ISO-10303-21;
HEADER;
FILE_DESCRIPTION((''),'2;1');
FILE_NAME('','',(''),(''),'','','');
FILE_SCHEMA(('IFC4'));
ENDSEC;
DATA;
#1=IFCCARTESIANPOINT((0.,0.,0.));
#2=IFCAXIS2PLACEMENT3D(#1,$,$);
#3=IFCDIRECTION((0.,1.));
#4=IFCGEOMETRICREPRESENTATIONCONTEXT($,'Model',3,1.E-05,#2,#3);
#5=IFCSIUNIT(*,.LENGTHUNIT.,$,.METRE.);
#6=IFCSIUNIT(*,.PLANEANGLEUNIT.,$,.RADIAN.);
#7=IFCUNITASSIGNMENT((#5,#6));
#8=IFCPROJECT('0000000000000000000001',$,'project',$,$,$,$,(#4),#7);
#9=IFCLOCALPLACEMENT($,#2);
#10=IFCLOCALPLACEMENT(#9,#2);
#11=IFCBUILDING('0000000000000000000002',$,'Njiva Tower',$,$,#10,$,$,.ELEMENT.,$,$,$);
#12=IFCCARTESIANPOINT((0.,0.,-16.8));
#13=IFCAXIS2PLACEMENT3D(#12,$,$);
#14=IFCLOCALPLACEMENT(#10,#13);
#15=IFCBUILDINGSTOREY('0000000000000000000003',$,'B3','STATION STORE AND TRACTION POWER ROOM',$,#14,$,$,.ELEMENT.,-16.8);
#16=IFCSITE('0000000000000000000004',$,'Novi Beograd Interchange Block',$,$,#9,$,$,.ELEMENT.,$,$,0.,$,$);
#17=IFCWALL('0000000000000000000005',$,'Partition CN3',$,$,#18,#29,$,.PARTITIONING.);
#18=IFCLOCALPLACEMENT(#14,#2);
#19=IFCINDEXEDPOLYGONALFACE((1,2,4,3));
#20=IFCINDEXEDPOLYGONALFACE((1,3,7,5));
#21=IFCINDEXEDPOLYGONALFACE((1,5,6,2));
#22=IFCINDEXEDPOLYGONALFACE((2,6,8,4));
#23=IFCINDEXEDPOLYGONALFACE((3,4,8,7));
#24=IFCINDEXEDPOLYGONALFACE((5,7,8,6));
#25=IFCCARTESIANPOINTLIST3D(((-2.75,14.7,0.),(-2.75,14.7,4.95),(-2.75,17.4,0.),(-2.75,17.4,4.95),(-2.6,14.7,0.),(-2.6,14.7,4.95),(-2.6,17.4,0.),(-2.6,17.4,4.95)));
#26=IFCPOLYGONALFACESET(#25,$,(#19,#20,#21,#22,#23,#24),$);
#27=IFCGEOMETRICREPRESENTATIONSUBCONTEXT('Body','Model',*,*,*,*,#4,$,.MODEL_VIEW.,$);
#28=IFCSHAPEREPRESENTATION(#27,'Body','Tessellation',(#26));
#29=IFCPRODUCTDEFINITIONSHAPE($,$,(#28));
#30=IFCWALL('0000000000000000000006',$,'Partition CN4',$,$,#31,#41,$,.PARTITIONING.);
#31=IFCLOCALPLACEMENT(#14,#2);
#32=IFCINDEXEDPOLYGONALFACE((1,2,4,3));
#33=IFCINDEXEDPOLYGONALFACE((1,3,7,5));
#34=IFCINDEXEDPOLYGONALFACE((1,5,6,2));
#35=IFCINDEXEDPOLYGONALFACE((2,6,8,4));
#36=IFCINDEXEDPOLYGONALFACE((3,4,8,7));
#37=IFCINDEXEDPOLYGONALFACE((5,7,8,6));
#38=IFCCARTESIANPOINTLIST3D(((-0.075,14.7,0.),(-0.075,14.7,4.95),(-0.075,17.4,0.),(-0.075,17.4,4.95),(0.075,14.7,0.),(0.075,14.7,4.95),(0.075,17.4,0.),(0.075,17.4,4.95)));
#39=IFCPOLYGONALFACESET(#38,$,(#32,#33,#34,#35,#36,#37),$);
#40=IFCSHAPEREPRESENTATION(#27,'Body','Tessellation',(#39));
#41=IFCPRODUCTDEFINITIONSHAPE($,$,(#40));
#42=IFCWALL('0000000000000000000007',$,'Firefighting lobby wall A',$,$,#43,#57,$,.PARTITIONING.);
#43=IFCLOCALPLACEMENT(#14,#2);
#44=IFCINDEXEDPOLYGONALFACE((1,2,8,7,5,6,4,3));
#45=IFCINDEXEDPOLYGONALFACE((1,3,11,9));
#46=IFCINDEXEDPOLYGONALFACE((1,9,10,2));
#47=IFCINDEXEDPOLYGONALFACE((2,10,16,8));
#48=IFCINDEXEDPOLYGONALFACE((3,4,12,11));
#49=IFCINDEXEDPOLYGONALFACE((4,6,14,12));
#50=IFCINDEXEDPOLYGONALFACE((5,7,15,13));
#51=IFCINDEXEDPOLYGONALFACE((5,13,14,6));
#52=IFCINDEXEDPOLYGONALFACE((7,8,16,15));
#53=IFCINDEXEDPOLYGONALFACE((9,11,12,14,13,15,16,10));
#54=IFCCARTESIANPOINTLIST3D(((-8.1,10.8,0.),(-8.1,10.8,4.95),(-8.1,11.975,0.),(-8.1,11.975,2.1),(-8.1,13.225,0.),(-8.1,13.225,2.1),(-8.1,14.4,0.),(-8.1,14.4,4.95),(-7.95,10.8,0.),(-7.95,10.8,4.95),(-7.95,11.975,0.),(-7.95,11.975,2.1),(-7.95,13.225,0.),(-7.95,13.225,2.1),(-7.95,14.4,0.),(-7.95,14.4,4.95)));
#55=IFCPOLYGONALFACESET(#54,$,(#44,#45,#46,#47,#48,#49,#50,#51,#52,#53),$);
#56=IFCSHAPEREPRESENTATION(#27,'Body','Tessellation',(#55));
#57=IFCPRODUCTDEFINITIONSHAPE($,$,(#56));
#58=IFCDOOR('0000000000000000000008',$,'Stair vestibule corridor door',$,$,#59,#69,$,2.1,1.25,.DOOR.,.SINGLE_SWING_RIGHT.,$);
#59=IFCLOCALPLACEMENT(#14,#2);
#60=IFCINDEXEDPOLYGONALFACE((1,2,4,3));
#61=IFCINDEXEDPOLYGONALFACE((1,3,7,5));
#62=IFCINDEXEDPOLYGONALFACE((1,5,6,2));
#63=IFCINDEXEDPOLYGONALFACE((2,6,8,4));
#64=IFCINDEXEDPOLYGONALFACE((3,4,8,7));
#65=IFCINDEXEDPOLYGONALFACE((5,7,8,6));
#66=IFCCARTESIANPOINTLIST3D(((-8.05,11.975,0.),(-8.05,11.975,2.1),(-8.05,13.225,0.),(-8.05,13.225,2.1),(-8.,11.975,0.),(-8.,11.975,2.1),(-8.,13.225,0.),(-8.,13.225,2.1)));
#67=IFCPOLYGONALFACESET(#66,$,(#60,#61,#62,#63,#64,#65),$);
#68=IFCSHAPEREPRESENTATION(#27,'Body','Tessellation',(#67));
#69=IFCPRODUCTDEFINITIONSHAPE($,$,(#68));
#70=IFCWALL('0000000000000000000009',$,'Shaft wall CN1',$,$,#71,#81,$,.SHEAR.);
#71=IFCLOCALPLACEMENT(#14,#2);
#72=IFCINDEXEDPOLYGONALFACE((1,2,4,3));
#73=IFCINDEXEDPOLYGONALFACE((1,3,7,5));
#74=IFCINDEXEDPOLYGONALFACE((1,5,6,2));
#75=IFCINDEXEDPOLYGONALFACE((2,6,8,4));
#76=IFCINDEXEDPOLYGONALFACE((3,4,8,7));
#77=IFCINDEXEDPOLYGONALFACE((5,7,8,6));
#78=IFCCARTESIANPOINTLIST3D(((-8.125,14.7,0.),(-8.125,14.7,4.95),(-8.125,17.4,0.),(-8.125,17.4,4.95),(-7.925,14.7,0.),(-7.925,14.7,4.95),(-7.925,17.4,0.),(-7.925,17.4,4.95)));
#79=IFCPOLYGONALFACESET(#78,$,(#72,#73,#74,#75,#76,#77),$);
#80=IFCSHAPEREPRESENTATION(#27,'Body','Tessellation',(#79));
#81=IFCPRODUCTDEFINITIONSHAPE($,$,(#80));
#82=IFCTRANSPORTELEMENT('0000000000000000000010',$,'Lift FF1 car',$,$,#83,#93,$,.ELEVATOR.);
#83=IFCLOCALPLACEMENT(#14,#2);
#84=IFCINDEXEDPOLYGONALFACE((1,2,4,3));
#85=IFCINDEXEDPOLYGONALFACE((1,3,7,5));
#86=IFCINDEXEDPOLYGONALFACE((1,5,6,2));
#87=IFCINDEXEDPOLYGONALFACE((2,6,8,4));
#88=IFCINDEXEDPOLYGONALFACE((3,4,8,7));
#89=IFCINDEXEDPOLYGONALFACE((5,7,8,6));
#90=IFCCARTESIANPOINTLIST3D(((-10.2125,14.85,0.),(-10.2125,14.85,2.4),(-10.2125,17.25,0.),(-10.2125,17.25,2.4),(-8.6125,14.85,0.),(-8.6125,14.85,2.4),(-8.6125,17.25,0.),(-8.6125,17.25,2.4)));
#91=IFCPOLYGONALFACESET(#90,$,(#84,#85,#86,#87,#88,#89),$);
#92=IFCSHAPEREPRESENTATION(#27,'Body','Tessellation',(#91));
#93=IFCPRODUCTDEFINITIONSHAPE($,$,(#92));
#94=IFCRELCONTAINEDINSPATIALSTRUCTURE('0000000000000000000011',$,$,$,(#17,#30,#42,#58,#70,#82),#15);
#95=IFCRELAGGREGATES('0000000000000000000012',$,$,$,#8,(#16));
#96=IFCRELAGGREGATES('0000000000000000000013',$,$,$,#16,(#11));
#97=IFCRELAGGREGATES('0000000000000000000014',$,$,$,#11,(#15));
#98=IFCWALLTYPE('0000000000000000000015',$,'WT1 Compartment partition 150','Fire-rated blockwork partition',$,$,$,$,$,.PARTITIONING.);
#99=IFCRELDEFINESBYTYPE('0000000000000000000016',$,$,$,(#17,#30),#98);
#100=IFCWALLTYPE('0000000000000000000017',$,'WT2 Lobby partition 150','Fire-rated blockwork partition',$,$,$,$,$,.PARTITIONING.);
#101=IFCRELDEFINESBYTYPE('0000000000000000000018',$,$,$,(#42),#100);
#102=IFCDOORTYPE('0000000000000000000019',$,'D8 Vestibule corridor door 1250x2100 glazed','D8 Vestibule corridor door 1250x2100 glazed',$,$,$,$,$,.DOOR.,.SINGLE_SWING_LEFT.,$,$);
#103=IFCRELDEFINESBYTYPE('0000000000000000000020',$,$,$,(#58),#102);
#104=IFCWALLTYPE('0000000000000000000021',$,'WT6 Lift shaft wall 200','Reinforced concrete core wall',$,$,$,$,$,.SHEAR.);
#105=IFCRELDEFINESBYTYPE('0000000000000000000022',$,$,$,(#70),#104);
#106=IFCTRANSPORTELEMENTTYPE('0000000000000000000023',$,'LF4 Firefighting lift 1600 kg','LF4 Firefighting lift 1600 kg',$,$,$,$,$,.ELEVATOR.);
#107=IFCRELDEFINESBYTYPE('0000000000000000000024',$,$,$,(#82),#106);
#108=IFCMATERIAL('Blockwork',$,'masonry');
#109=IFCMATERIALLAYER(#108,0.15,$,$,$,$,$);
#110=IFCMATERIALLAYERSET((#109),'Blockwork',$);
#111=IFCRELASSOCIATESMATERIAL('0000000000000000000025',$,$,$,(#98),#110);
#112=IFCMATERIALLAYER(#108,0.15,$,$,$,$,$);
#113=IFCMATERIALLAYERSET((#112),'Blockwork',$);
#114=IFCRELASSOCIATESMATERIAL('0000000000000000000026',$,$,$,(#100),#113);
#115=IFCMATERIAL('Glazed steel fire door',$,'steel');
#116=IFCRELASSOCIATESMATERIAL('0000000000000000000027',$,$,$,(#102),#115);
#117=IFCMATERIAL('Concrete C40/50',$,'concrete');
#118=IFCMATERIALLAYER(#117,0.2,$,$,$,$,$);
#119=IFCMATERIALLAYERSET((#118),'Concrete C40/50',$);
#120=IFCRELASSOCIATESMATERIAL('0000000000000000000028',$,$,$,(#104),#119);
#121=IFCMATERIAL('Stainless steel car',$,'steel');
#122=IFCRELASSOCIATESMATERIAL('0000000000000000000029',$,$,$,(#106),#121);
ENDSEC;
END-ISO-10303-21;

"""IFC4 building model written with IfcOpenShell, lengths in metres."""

from ifc_helpers import new_model, si_unit, direction, frame, frame_2d, origin, origin_2d, place, context, subcontext, project, spatial, rectangle, extrude, material, layer, layer_set, type_object, element, fill, save


model = new_model("IFC4")

# Units and contexts
model_context = context("Model", 3, precision=1e-05, world=origin(), true_north=direction((0.0, 1.0)))
body_context = subcontext(model_context, "Body", "Model", "MODEL_VIEW")
ifc_project = project(units=[si_unit("LENGTHUNIT", "METRE"), si_unit("PLANEANGLEUNIT", "RADIAN")], contexts=[model_context])

# Site, building, storey
site_placement = place(None, origin())
site = spatial("IfcSite", under=ifc_project, at=site_placement, Name="Novi Beograd Interchange Block", CompositionType="ELEMENT", RefElevation=0.0)
building_placement = place(site_placement, origin())
building = spatial("IfcBuilding", under=site, at=building_placement, Name="Njiva Tower", CompositionType="ELEMENT")
storey_placement = place(building_placement, frame((0.0, 0.0, -16.8)))
storey = spatial("IfcBuildingStorey", under=building, at=storey_placement, Name="B3", Description="STATION STORE AND TRACTION POWER ROOM", CompositionType="ELEMENT", Elevation=-16.8)

# Walls
ifc_material_1 = material(Name="Blockwork", Category="masonry")
ifc_layer_1 = layer(ifc_material_1, 0.15)
ifc_layer_set_1 = layer_set([ifc_layer_1], Name="Blockwork")
wall_type_1 = type_object("IfcWallType", Name="WT1 Compartment partition 150", Description="Fire-rated blockwork partition", PredefinedType="PARTITIONING", material=ifc_layer_set_1)
for number, where, z_axis, x_axis, name in (
    (1, (-2.675, 14.7, 0.0), (0.0, 0.0, 1.0), (0.0, 1.0, 0.0), "Partition CN3"),
    (2, (0.0, 14.7, 0.0), (0.0, 0.0, 1.0), (0.0, 1.0, 0.0), "Partition CN4"),
):
    element("IfcWall", number, at=place(storey_placement, frame(where, z_axis=z_axis, x_axis=x_axis)), inside=storey, type_object=wall_type_1, Name=name, PredefinedType="PARTITIONING", context=body_context, shape_type="SweptSolid", body=[
        extrude(rectangle(XDim=2.7, YDim=0.15, at=frame_2d((1.35, 0.0))), origin(), (0.0, 0.0, 1.0), 4.95),
    ])

# Wall, opening, door
ifc_layer_2 = layer(ifc_material_1, 0.15)
ifc_layer_set_2 = layer_set([ifc_layer_2], Name="Blockwork")
wall_type_2 = type_object("IfcWallType", Name="WT2 Lobby partition 150", Description="Fire-rated blockwork partition", PredefinedType="PARTITIONING", material=ifc_layer_set_2)
wall_1_placement = place(storey_placement, frame((-8.025, 10.8, 0.0), z_axis=(0.0, 0.0, 1.0), x_axis=(0.0, 1.0, 0.0)))
wall_1 = element("IfcWall", 3, at=wall_1_placement, inside=storey, type_object=wall_type_2, Name="Firefighting lobby wall A", PredefinedType="PARTITIONING", context=body_context, shape_type="SweptSolid", body=[
    extrude(rectangle(XDim=3.6, YDim=0.15, at=frame_2d((1.8, 0.0))), origin(), (0.0, 0.0, 1.0), 4.95),
])
opening_placement = place(wall_1_placement, frame((1.175, 0.0, 0.0)))
opening = element("IfcOpeningElement", 4, at=opening_placement, cuts=wall_1, PredefinedType="OPENING", context=body_context, shape_type="SweptSolid", body=[
    extrude(rectangle(XDim=1.25, YDim=2.1, at=frame_2d((0.625, 1.05))), frame((0.0, 0.085, 0.0), z_axis=(0.0, -1.0, 0.0), x_axis=(1.0, 0.0, 0.0)), (0.0, 0.0, 1.0), 0.17),
])
ifc_material_2 = material(Name="Glazed steel fire door", Category="steel")
door_type = type_object("IfcDoorType", Name="D8 Vestibule corridor door 1250x2100 glazed", Description="D8 Vestibule corridor door 1250x2100 glazed", OperationType="SINGLE_SWING_LEFT", PredefinedType="DOOR", material=ifc_material_2)
door_placement = place(opening_placement, origin())
door = element("IfcDoor", 5, at=door_placement, inside=storey, type_object=door_type, Name="Stair vestibule corridor door", OperationType="SINGLE_SWING_RIGHT", OverallHeight=2.1, OverallWidth=1.25, PredefinedType="DOOR", context=body_context, shape_type="SweptSolid", body=[
    extrude(rectangle(XDim=1.25, YDim=2.1, at=frame_2d((0.625, 1.05))), frame((0.0, 0.025, 0.0), z_axis=(0.0, -1.0, 0.0), x_axis=(1.0, 0.0, 0.0)), (0.0, 0.0, 1.0), 0.05),
])
fill(opening, door)

# Wall
ifc_material_3 = material(Name="Concrete C40/50", Category="concrete")
ifc_layer_3 = layer(ifc_material_3, 0.2)
ifc_layer_set_3 = layer_set([ifc_layer_3], Name="Concrete C40/50")
wall_type_3 = type_object("IfcWallType", Name="WT6 Lift shaft wall 200", Description="Reinforced concrete core wall", PredefinedType="SHEAR", material=ifc_layer_set_3)
wall_2_placement = place(storey_placement, frame((-8.025, 14.7, 0.0), z_axis=(0.0, 0.0, 1.0), x_axis=(0.0, 1.0, 0.0)))
element("IfcWall", 6, at=wall_2_placement, inside=storey, type_object=wall_type_3, Name="Shaft wall CN1", PredefinedType="SHEAR", context=body_context, shape_type="SweptSolid", body=[
    extrude(rectangle(XDim=2.7, YDim=0.2, at=frame_2d((1.35, 0.0))), origin(), (0.0, 0.0, 1.0), 4.95),
])

# Transport element
ifc_material_4 = material(Name="Stainless steel car", Category="steel")
transport_element_type = type_object("IfcTransportElementType", Name="LF4 Firefighting lift 1600 kg", Description="LF4 Firefighting lift 1600 kg", PredefinedType="ELEVATOR", material=ifc_material_4)
transport_element_placement = place(storey_placement, frame((-9.4125, 16.05, 0.0), z_axis=(0.0, 0.0, 1.0), x_axis=(1.0, 0.0, 0.0)))
element("IfcTransportElement", 7, at=transport_element_placement, inside=storey, type_object=transport_element_type, Name="Lift FF1 car", PredefinedType="ELEVATOR", context=body_context, shape_type="SweptSolid", body=[
    extrude(rectangle(XDim=1.6, YDim=2.4, at=origin_2d()), origin(), (0.0, 0.0, 1.0), 2.4),
])

save(model, "model.ifc")
